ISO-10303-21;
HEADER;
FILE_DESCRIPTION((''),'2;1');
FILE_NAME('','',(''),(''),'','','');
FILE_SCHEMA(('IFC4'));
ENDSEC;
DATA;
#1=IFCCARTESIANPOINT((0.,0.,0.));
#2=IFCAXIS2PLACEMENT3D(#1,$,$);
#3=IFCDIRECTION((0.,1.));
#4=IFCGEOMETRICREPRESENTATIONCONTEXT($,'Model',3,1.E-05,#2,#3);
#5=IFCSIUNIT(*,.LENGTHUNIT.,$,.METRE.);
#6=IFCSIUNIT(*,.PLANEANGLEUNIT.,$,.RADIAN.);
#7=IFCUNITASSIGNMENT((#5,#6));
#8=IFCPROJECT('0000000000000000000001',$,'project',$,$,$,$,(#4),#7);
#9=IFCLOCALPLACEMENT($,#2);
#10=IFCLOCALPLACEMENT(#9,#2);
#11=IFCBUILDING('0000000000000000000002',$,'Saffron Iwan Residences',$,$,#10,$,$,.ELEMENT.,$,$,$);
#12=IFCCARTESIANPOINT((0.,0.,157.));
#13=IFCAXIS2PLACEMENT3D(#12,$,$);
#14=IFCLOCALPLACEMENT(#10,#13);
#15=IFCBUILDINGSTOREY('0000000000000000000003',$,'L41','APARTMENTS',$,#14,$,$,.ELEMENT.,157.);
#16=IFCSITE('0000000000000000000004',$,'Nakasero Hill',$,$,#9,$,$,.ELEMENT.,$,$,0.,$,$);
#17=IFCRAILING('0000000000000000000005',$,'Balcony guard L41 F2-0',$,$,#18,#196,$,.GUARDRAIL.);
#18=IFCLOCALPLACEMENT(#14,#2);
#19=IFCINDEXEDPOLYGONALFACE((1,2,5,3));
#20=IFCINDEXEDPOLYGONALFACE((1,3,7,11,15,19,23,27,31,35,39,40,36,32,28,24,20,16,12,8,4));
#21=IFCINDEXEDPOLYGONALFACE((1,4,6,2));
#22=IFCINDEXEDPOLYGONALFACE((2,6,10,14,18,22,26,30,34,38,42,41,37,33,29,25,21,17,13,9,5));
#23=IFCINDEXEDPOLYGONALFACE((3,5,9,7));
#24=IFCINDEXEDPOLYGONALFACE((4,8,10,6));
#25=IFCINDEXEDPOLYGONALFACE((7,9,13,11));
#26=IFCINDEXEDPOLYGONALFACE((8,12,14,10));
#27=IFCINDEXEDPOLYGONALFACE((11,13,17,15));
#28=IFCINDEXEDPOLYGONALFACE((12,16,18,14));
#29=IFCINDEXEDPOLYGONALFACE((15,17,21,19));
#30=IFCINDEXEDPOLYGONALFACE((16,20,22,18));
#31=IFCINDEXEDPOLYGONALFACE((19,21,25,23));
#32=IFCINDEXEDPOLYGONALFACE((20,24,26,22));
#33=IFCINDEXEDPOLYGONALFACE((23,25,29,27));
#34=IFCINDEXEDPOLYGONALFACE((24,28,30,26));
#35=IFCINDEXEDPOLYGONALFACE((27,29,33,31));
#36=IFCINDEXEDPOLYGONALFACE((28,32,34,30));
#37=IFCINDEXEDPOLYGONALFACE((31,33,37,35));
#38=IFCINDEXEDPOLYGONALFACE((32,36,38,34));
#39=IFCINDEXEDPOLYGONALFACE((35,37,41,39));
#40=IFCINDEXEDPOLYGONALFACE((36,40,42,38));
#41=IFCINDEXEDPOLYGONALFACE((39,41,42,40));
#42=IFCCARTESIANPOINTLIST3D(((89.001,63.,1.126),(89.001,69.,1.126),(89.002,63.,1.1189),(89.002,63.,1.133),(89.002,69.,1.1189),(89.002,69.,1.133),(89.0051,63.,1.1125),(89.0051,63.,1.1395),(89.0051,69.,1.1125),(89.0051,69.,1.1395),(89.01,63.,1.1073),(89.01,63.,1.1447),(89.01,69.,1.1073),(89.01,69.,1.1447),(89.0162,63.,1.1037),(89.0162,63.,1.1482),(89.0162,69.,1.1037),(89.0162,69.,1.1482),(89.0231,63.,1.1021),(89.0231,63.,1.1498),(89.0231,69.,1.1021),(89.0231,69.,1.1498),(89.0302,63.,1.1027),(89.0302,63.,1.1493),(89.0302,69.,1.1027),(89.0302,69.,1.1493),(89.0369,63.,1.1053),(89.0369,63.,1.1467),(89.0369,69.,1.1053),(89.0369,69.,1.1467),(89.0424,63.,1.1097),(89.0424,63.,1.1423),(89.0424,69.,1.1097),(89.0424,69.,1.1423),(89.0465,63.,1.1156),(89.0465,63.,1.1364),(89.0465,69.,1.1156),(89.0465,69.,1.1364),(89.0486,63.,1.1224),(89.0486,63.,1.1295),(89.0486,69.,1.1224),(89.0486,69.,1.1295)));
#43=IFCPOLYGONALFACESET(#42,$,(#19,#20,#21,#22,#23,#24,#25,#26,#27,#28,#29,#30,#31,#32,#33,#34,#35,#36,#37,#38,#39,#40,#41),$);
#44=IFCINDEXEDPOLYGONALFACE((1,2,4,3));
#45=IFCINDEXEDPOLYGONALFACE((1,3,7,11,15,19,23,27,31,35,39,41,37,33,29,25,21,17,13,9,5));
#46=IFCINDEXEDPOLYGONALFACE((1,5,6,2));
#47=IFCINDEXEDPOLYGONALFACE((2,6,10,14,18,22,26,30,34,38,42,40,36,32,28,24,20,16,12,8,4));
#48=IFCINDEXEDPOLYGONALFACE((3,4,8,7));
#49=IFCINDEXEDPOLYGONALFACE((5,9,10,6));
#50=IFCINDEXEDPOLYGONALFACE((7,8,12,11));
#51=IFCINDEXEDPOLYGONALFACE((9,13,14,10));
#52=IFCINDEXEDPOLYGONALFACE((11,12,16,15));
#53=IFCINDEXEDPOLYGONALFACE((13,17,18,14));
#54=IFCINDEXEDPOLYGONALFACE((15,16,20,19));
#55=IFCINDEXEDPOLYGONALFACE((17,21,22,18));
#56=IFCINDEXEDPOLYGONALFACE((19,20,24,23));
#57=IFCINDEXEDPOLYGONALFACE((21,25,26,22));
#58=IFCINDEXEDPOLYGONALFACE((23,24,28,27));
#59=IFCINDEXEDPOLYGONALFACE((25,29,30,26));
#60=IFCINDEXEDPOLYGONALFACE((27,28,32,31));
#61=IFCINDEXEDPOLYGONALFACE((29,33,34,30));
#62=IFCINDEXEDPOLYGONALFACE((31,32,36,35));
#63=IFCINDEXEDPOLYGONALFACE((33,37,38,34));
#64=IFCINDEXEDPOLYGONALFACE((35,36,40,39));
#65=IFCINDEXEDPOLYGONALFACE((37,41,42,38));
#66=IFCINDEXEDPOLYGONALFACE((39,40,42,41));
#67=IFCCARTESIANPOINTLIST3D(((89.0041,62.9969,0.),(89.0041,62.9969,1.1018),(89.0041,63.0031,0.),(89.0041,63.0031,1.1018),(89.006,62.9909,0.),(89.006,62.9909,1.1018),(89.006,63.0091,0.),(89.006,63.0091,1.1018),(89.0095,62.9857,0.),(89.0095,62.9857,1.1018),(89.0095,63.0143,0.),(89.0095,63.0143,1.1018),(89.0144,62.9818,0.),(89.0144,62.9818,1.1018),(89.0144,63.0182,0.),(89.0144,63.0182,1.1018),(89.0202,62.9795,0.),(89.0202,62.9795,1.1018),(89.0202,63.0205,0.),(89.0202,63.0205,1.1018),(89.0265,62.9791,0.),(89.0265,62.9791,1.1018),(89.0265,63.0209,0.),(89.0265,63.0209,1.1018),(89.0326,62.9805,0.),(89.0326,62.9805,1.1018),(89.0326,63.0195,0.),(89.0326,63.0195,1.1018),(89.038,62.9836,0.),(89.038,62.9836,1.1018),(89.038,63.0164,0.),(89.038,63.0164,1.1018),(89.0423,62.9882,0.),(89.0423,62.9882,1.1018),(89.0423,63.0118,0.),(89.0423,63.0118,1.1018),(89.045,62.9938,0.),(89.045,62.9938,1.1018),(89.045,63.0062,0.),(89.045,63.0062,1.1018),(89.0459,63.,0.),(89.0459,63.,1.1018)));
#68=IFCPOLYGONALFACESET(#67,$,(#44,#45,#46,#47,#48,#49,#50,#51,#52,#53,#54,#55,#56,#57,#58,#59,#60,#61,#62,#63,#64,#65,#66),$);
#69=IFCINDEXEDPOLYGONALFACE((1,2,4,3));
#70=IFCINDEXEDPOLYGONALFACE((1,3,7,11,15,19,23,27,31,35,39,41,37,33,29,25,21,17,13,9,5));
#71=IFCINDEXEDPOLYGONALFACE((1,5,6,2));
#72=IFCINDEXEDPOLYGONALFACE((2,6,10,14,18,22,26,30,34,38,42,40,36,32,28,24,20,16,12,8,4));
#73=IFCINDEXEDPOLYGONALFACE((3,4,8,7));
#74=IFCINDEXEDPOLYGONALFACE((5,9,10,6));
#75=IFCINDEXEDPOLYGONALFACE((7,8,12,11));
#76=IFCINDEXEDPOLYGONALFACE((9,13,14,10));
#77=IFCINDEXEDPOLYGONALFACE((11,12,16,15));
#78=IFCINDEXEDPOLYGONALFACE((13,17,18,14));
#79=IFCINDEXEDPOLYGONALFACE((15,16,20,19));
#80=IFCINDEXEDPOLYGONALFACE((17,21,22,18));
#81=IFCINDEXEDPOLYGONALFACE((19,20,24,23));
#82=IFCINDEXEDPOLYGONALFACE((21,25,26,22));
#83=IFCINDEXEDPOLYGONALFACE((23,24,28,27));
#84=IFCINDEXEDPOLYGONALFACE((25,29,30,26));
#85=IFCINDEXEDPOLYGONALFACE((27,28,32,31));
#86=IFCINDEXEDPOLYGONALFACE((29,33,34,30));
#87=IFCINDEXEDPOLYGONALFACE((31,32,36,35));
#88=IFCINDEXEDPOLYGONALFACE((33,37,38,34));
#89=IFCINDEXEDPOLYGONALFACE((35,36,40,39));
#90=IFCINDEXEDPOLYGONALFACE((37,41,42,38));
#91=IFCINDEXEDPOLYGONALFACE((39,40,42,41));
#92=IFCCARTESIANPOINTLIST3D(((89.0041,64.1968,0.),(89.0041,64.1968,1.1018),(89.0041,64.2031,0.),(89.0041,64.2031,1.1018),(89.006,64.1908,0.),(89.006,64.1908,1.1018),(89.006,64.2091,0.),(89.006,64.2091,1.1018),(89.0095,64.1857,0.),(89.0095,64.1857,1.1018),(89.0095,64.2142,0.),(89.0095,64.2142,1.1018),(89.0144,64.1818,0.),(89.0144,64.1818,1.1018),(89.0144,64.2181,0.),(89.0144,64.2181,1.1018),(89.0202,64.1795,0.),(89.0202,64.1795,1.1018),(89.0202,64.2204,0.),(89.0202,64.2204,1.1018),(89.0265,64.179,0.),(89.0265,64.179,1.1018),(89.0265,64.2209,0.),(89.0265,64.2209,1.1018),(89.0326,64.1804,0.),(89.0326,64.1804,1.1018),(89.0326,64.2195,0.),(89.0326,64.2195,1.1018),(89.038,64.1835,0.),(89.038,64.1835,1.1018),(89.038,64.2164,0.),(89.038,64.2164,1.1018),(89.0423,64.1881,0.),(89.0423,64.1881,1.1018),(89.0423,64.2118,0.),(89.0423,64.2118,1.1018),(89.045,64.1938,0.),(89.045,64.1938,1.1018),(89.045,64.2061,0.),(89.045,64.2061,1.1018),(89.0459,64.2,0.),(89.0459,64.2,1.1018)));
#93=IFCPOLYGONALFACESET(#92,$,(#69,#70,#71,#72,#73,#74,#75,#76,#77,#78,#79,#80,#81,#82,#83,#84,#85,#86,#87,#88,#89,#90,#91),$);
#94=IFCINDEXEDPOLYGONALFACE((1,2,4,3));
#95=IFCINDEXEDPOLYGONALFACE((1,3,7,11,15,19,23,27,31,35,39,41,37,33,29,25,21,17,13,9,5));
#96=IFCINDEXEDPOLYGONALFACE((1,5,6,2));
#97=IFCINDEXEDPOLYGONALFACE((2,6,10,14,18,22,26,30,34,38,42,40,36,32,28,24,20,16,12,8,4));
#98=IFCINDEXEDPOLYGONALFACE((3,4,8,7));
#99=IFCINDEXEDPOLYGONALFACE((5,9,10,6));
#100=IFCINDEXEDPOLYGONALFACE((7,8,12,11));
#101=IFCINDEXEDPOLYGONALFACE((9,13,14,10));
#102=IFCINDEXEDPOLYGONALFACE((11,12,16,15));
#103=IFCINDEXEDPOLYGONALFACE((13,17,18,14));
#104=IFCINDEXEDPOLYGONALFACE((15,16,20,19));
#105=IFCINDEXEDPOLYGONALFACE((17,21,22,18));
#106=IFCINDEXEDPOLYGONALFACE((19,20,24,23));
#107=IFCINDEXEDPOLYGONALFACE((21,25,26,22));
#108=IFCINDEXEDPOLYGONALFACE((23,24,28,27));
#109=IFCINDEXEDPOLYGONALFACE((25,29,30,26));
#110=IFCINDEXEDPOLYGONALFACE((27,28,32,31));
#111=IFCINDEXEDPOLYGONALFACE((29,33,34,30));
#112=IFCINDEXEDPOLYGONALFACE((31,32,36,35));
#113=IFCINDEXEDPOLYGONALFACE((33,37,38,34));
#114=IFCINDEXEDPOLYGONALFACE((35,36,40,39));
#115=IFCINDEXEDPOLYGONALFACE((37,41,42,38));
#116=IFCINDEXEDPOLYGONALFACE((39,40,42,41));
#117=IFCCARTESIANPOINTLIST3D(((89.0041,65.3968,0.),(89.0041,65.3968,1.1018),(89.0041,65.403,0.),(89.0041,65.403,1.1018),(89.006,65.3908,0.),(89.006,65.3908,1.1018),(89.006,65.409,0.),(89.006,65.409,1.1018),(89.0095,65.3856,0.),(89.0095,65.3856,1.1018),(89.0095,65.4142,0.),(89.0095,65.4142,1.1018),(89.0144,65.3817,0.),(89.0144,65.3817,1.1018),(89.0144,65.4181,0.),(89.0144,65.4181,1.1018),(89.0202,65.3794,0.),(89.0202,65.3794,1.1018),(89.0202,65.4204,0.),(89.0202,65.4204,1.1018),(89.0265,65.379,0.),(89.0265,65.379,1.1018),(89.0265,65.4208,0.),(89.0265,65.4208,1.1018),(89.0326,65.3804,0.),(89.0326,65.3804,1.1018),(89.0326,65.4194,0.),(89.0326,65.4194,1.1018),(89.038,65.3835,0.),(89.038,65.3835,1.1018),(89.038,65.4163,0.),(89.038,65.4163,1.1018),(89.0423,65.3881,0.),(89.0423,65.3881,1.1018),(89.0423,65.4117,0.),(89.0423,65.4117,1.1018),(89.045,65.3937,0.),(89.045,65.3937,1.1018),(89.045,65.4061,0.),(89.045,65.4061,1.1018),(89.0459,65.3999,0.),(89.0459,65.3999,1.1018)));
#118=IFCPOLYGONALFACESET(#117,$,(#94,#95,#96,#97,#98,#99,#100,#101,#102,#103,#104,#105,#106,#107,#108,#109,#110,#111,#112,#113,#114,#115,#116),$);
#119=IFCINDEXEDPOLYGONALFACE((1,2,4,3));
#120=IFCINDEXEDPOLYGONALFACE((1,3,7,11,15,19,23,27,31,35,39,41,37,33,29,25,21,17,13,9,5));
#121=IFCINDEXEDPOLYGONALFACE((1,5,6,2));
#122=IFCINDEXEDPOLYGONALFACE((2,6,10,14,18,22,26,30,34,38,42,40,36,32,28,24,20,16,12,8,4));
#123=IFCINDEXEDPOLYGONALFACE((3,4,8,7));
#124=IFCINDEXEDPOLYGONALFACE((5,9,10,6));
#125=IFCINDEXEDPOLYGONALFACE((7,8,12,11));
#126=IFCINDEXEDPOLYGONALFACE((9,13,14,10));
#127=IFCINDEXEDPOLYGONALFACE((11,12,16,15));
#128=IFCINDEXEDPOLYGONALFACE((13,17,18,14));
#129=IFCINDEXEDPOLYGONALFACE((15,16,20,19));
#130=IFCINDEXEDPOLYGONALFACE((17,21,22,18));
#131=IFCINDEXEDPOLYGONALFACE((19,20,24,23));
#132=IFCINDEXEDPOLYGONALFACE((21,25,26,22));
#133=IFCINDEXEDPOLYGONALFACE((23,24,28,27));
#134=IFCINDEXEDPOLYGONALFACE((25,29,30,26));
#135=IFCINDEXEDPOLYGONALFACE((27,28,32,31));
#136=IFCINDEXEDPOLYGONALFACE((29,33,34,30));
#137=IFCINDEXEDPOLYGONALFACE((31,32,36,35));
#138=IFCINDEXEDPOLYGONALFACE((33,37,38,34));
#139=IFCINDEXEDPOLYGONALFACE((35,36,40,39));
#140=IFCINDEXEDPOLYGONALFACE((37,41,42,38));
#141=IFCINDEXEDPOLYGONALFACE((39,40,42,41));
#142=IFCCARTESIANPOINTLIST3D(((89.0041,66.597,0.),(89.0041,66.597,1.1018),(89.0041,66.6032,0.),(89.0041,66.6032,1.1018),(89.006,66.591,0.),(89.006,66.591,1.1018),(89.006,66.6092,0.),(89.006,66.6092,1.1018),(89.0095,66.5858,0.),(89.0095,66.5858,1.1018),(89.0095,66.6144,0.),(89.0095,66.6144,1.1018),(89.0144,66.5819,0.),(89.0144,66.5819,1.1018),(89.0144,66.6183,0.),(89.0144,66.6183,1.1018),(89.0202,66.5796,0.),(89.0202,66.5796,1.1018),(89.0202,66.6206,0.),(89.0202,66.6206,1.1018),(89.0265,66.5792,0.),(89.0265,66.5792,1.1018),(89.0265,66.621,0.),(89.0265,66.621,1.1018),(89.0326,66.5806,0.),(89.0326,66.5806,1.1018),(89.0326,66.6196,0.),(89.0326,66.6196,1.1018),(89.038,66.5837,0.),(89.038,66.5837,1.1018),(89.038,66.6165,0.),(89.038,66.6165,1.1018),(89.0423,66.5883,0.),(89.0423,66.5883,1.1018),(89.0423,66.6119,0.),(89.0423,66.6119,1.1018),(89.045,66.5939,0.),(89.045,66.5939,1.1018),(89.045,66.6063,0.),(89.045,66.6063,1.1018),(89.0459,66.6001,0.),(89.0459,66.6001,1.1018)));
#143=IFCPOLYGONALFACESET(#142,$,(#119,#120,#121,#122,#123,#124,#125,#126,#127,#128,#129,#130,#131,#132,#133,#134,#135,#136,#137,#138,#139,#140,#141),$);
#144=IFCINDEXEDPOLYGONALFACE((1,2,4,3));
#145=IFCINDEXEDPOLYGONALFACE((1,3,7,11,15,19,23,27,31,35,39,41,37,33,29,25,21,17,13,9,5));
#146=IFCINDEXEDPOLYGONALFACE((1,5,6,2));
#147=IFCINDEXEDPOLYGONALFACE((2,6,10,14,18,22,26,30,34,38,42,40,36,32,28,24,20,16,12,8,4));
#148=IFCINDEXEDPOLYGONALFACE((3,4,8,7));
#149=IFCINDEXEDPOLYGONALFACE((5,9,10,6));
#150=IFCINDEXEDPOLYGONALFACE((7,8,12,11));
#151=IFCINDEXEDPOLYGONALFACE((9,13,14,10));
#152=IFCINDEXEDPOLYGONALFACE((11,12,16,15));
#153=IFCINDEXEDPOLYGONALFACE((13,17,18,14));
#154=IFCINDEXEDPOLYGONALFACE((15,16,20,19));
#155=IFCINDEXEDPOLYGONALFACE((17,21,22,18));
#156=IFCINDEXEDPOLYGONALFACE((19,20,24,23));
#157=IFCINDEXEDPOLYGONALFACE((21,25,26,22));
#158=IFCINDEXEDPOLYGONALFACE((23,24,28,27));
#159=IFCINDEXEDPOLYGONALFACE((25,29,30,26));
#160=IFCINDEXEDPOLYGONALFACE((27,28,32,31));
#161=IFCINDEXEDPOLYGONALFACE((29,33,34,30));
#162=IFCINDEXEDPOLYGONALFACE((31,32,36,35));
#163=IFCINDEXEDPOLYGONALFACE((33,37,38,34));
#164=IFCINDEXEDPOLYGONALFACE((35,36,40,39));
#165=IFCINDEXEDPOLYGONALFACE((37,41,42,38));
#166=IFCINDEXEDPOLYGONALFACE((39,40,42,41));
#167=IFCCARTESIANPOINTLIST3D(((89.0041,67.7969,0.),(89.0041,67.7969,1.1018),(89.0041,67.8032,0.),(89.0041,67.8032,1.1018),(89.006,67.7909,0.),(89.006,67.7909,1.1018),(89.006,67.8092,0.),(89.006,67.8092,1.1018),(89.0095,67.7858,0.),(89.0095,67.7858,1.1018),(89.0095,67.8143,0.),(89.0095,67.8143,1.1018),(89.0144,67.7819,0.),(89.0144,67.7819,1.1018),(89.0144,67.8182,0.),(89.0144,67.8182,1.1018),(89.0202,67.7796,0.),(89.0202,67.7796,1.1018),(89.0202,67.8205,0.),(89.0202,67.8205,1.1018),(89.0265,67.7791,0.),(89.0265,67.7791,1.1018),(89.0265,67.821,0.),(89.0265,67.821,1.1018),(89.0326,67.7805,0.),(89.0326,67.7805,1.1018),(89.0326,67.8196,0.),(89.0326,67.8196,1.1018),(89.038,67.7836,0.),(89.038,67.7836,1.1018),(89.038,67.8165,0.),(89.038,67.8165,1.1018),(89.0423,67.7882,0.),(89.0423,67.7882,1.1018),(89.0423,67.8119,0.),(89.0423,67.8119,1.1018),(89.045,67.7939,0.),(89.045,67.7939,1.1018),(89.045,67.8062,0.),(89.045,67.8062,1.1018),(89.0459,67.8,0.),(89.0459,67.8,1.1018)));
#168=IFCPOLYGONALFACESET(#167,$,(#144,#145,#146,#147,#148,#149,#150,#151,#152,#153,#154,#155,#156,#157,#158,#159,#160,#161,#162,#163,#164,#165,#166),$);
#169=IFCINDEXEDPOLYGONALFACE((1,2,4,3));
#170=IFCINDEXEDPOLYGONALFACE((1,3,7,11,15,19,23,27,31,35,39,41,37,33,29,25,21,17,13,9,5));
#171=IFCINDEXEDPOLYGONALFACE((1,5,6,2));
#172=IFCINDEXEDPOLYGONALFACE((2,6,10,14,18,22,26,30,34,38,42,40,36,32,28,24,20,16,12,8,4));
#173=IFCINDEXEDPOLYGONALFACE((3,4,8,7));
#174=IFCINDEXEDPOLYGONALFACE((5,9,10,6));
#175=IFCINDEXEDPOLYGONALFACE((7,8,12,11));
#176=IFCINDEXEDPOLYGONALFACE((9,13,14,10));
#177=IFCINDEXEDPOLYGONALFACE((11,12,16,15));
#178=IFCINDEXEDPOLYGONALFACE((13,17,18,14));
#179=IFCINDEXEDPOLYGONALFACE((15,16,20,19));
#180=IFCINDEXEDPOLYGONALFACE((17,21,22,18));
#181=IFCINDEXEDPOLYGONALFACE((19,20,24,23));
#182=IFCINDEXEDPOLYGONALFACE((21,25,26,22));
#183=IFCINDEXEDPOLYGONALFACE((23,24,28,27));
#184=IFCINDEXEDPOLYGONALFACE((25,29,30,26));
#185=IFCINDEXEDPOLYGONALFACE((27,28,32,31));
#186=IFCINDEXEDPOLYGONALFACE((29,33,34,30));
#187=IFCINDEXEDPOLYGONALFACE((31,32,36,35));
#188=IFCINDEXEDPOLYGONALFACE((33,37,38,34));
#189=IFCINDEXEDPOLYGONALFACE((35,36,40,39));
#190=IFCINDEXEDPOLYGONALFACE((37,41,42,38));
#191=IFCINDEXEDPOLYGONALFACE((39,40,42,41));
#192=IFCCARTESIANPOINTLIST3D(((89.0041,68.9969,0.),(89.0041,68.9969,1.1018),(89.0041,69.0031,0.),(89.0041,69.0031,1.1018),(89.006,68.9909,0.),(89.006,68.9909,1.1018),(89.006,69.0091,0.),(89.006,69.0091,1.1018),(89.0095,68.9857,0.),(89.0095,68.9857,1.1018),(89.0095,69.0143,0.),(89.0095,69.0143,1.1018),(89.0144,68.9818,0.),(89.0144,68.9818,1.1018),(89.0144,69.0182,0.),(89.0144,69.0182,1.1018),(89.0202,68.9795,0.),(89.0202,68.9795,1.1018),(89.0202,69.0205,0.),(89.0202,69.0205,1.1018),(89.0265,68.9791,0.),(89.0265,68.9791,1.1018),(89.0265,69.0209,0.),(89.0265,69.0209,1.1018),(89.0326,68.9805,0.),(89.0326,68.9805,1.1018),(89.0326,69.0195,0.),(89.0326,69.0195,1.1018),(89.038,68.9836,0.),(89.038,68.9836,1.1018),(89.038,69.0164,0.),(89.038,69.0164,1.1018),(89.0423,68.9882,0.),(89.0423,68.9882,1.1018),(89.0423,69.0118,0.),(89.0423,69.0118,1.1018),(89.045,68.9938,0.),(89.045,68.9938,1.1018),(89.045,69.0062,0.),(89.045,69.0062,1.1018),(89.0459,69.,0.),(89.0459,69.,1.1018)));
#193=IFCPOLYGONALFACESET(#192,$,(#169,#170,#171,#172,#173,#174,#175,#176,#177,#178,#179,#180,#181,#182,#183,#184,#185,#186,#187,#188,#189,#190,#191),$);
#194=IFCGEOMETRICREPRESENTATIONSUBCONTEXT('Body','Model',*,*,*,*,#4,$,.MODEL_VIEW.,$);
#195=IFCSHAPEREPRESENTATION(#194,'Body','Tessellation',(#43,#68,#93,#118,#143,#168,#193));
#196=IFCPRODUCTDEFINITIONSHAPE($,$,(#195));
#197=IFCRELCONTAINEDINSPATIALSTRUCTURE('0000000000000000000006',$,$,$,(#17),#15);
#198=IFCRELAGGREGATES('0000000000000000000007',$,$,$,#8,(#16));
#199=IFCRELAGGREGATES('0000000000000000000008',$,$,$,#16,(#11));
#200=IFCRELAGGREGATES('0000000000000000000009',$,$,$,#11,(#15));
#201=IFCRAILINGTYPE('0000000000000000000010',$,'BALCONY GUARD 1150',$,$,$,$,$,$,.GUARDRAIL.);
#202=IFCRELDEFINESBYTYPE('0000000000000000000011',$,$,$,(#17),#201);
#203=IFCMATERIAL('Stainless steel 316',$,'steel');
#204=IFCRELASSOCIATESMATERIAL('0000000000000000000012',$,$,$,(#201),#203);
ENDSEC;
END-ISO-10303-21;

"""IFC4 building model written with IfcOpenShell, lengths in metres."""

from ifc_helpers import new_model, si_unit, direction, frame, origin, origin_2d, place, context, subcontext, project, spatial, circle, extrude, material, type_object, element, save


model = new_model("IFC4")

# Units and contexts
model_context = context("Model", 3, precision=1e-05, world=origin(), true_north=direction((0.0, 1.0)))
body_context = subcontext(model_context, "Body", "Model", "MODEL_VIEW")
ifc_project = project(units=[si_unit("LENGTHUNIT", "METRE"), si_unit("PLANEANGLEUNIT", "RADIAN")], contexts=[model_context])

# Site, building, storey
site_placement = place(None, origin())
site = spatial("IfcSite", under=ifc_project, at=site_placement, Name="Nakasero Hill", CompositionType="ELEMENT", RefElevation=0.0)
building_placement = place(site_placement, origin())
building = spatial("IfcBuilding", under=site, at=building_placement, Name="Saffron Iwan Residences", CompositionType="ELEMENT")
storey_placement = place(building_placement, frame((0.0, 0.0, 157.0)))
storey = spatial("IfcBuildingStorey", under=building, at=storey_placement, Name="L41", Description="APARTMENTS", CompositionType="ELEMENT", Elevation=157.0)

# Railing
ifc_material_1 = material(Name="Stainless steel 316", Category="steel")
railing_type_1 = type_object("IfcRailingType", Name="BALCONY GUARD 1150", PredefinedType="GUARDRAIL", material=ifc_material_1)
railing_1_placement = place(storey_placement, frame((89.0249, 63.0, 0.0)))
element("IfcRailing", 1, at=railing_1_placement, inside=storey, type_object=railing_type_1, Name="Balcony guard L41 F2-0", PredefinedType="GUARDRAIL", context=body_context, shape_type="SweptSolid", body=[
    extrude(circle(Radius=0.0239, at=origin_2d()), frame((0.0, 0.0, 1.126), z_axis=(0.0, 1.0, 0.0), x_axis=(-1.0, 0.0, 0.0)), (0.0, 0.0, 1.0), 6.0),
    extrude(circle(Radius=0.021, at=origin_2d()), origin(), (0.0, 0.0, 1.0), 1.1018),
    extrude(circle(Radius=0.021, at=origin_2d()), frame((0.0, 1.2, 0.0)), (0.0, 0.0, 1.0), 1.1018),
    extrude(circle(Radius=0.021, at=origin_2d()), frame((0.0, 2.3999, 0.0)), (0.0, 0.0, 1.0), 1.1018),
    extrude(circle(Radius=0.021, at=origin_2d()), frame((0.0, 3.6001, 0.0)), (0.0, 0.0, 1.0), 1.1018),
    extrude(circle(Radius=0.021, at=origin_2d()), frame((0.0, 4.8, 0.0)), (0.0, 0.0, 1.0), 1.1018),
    extrude(circle(Radius=0.021, at=origin_2d()), frame((0.0, 6.0, 0.0)), (0.0, 0.0, 1.0), 1.1018),
])

save(model, "model.ifc")
